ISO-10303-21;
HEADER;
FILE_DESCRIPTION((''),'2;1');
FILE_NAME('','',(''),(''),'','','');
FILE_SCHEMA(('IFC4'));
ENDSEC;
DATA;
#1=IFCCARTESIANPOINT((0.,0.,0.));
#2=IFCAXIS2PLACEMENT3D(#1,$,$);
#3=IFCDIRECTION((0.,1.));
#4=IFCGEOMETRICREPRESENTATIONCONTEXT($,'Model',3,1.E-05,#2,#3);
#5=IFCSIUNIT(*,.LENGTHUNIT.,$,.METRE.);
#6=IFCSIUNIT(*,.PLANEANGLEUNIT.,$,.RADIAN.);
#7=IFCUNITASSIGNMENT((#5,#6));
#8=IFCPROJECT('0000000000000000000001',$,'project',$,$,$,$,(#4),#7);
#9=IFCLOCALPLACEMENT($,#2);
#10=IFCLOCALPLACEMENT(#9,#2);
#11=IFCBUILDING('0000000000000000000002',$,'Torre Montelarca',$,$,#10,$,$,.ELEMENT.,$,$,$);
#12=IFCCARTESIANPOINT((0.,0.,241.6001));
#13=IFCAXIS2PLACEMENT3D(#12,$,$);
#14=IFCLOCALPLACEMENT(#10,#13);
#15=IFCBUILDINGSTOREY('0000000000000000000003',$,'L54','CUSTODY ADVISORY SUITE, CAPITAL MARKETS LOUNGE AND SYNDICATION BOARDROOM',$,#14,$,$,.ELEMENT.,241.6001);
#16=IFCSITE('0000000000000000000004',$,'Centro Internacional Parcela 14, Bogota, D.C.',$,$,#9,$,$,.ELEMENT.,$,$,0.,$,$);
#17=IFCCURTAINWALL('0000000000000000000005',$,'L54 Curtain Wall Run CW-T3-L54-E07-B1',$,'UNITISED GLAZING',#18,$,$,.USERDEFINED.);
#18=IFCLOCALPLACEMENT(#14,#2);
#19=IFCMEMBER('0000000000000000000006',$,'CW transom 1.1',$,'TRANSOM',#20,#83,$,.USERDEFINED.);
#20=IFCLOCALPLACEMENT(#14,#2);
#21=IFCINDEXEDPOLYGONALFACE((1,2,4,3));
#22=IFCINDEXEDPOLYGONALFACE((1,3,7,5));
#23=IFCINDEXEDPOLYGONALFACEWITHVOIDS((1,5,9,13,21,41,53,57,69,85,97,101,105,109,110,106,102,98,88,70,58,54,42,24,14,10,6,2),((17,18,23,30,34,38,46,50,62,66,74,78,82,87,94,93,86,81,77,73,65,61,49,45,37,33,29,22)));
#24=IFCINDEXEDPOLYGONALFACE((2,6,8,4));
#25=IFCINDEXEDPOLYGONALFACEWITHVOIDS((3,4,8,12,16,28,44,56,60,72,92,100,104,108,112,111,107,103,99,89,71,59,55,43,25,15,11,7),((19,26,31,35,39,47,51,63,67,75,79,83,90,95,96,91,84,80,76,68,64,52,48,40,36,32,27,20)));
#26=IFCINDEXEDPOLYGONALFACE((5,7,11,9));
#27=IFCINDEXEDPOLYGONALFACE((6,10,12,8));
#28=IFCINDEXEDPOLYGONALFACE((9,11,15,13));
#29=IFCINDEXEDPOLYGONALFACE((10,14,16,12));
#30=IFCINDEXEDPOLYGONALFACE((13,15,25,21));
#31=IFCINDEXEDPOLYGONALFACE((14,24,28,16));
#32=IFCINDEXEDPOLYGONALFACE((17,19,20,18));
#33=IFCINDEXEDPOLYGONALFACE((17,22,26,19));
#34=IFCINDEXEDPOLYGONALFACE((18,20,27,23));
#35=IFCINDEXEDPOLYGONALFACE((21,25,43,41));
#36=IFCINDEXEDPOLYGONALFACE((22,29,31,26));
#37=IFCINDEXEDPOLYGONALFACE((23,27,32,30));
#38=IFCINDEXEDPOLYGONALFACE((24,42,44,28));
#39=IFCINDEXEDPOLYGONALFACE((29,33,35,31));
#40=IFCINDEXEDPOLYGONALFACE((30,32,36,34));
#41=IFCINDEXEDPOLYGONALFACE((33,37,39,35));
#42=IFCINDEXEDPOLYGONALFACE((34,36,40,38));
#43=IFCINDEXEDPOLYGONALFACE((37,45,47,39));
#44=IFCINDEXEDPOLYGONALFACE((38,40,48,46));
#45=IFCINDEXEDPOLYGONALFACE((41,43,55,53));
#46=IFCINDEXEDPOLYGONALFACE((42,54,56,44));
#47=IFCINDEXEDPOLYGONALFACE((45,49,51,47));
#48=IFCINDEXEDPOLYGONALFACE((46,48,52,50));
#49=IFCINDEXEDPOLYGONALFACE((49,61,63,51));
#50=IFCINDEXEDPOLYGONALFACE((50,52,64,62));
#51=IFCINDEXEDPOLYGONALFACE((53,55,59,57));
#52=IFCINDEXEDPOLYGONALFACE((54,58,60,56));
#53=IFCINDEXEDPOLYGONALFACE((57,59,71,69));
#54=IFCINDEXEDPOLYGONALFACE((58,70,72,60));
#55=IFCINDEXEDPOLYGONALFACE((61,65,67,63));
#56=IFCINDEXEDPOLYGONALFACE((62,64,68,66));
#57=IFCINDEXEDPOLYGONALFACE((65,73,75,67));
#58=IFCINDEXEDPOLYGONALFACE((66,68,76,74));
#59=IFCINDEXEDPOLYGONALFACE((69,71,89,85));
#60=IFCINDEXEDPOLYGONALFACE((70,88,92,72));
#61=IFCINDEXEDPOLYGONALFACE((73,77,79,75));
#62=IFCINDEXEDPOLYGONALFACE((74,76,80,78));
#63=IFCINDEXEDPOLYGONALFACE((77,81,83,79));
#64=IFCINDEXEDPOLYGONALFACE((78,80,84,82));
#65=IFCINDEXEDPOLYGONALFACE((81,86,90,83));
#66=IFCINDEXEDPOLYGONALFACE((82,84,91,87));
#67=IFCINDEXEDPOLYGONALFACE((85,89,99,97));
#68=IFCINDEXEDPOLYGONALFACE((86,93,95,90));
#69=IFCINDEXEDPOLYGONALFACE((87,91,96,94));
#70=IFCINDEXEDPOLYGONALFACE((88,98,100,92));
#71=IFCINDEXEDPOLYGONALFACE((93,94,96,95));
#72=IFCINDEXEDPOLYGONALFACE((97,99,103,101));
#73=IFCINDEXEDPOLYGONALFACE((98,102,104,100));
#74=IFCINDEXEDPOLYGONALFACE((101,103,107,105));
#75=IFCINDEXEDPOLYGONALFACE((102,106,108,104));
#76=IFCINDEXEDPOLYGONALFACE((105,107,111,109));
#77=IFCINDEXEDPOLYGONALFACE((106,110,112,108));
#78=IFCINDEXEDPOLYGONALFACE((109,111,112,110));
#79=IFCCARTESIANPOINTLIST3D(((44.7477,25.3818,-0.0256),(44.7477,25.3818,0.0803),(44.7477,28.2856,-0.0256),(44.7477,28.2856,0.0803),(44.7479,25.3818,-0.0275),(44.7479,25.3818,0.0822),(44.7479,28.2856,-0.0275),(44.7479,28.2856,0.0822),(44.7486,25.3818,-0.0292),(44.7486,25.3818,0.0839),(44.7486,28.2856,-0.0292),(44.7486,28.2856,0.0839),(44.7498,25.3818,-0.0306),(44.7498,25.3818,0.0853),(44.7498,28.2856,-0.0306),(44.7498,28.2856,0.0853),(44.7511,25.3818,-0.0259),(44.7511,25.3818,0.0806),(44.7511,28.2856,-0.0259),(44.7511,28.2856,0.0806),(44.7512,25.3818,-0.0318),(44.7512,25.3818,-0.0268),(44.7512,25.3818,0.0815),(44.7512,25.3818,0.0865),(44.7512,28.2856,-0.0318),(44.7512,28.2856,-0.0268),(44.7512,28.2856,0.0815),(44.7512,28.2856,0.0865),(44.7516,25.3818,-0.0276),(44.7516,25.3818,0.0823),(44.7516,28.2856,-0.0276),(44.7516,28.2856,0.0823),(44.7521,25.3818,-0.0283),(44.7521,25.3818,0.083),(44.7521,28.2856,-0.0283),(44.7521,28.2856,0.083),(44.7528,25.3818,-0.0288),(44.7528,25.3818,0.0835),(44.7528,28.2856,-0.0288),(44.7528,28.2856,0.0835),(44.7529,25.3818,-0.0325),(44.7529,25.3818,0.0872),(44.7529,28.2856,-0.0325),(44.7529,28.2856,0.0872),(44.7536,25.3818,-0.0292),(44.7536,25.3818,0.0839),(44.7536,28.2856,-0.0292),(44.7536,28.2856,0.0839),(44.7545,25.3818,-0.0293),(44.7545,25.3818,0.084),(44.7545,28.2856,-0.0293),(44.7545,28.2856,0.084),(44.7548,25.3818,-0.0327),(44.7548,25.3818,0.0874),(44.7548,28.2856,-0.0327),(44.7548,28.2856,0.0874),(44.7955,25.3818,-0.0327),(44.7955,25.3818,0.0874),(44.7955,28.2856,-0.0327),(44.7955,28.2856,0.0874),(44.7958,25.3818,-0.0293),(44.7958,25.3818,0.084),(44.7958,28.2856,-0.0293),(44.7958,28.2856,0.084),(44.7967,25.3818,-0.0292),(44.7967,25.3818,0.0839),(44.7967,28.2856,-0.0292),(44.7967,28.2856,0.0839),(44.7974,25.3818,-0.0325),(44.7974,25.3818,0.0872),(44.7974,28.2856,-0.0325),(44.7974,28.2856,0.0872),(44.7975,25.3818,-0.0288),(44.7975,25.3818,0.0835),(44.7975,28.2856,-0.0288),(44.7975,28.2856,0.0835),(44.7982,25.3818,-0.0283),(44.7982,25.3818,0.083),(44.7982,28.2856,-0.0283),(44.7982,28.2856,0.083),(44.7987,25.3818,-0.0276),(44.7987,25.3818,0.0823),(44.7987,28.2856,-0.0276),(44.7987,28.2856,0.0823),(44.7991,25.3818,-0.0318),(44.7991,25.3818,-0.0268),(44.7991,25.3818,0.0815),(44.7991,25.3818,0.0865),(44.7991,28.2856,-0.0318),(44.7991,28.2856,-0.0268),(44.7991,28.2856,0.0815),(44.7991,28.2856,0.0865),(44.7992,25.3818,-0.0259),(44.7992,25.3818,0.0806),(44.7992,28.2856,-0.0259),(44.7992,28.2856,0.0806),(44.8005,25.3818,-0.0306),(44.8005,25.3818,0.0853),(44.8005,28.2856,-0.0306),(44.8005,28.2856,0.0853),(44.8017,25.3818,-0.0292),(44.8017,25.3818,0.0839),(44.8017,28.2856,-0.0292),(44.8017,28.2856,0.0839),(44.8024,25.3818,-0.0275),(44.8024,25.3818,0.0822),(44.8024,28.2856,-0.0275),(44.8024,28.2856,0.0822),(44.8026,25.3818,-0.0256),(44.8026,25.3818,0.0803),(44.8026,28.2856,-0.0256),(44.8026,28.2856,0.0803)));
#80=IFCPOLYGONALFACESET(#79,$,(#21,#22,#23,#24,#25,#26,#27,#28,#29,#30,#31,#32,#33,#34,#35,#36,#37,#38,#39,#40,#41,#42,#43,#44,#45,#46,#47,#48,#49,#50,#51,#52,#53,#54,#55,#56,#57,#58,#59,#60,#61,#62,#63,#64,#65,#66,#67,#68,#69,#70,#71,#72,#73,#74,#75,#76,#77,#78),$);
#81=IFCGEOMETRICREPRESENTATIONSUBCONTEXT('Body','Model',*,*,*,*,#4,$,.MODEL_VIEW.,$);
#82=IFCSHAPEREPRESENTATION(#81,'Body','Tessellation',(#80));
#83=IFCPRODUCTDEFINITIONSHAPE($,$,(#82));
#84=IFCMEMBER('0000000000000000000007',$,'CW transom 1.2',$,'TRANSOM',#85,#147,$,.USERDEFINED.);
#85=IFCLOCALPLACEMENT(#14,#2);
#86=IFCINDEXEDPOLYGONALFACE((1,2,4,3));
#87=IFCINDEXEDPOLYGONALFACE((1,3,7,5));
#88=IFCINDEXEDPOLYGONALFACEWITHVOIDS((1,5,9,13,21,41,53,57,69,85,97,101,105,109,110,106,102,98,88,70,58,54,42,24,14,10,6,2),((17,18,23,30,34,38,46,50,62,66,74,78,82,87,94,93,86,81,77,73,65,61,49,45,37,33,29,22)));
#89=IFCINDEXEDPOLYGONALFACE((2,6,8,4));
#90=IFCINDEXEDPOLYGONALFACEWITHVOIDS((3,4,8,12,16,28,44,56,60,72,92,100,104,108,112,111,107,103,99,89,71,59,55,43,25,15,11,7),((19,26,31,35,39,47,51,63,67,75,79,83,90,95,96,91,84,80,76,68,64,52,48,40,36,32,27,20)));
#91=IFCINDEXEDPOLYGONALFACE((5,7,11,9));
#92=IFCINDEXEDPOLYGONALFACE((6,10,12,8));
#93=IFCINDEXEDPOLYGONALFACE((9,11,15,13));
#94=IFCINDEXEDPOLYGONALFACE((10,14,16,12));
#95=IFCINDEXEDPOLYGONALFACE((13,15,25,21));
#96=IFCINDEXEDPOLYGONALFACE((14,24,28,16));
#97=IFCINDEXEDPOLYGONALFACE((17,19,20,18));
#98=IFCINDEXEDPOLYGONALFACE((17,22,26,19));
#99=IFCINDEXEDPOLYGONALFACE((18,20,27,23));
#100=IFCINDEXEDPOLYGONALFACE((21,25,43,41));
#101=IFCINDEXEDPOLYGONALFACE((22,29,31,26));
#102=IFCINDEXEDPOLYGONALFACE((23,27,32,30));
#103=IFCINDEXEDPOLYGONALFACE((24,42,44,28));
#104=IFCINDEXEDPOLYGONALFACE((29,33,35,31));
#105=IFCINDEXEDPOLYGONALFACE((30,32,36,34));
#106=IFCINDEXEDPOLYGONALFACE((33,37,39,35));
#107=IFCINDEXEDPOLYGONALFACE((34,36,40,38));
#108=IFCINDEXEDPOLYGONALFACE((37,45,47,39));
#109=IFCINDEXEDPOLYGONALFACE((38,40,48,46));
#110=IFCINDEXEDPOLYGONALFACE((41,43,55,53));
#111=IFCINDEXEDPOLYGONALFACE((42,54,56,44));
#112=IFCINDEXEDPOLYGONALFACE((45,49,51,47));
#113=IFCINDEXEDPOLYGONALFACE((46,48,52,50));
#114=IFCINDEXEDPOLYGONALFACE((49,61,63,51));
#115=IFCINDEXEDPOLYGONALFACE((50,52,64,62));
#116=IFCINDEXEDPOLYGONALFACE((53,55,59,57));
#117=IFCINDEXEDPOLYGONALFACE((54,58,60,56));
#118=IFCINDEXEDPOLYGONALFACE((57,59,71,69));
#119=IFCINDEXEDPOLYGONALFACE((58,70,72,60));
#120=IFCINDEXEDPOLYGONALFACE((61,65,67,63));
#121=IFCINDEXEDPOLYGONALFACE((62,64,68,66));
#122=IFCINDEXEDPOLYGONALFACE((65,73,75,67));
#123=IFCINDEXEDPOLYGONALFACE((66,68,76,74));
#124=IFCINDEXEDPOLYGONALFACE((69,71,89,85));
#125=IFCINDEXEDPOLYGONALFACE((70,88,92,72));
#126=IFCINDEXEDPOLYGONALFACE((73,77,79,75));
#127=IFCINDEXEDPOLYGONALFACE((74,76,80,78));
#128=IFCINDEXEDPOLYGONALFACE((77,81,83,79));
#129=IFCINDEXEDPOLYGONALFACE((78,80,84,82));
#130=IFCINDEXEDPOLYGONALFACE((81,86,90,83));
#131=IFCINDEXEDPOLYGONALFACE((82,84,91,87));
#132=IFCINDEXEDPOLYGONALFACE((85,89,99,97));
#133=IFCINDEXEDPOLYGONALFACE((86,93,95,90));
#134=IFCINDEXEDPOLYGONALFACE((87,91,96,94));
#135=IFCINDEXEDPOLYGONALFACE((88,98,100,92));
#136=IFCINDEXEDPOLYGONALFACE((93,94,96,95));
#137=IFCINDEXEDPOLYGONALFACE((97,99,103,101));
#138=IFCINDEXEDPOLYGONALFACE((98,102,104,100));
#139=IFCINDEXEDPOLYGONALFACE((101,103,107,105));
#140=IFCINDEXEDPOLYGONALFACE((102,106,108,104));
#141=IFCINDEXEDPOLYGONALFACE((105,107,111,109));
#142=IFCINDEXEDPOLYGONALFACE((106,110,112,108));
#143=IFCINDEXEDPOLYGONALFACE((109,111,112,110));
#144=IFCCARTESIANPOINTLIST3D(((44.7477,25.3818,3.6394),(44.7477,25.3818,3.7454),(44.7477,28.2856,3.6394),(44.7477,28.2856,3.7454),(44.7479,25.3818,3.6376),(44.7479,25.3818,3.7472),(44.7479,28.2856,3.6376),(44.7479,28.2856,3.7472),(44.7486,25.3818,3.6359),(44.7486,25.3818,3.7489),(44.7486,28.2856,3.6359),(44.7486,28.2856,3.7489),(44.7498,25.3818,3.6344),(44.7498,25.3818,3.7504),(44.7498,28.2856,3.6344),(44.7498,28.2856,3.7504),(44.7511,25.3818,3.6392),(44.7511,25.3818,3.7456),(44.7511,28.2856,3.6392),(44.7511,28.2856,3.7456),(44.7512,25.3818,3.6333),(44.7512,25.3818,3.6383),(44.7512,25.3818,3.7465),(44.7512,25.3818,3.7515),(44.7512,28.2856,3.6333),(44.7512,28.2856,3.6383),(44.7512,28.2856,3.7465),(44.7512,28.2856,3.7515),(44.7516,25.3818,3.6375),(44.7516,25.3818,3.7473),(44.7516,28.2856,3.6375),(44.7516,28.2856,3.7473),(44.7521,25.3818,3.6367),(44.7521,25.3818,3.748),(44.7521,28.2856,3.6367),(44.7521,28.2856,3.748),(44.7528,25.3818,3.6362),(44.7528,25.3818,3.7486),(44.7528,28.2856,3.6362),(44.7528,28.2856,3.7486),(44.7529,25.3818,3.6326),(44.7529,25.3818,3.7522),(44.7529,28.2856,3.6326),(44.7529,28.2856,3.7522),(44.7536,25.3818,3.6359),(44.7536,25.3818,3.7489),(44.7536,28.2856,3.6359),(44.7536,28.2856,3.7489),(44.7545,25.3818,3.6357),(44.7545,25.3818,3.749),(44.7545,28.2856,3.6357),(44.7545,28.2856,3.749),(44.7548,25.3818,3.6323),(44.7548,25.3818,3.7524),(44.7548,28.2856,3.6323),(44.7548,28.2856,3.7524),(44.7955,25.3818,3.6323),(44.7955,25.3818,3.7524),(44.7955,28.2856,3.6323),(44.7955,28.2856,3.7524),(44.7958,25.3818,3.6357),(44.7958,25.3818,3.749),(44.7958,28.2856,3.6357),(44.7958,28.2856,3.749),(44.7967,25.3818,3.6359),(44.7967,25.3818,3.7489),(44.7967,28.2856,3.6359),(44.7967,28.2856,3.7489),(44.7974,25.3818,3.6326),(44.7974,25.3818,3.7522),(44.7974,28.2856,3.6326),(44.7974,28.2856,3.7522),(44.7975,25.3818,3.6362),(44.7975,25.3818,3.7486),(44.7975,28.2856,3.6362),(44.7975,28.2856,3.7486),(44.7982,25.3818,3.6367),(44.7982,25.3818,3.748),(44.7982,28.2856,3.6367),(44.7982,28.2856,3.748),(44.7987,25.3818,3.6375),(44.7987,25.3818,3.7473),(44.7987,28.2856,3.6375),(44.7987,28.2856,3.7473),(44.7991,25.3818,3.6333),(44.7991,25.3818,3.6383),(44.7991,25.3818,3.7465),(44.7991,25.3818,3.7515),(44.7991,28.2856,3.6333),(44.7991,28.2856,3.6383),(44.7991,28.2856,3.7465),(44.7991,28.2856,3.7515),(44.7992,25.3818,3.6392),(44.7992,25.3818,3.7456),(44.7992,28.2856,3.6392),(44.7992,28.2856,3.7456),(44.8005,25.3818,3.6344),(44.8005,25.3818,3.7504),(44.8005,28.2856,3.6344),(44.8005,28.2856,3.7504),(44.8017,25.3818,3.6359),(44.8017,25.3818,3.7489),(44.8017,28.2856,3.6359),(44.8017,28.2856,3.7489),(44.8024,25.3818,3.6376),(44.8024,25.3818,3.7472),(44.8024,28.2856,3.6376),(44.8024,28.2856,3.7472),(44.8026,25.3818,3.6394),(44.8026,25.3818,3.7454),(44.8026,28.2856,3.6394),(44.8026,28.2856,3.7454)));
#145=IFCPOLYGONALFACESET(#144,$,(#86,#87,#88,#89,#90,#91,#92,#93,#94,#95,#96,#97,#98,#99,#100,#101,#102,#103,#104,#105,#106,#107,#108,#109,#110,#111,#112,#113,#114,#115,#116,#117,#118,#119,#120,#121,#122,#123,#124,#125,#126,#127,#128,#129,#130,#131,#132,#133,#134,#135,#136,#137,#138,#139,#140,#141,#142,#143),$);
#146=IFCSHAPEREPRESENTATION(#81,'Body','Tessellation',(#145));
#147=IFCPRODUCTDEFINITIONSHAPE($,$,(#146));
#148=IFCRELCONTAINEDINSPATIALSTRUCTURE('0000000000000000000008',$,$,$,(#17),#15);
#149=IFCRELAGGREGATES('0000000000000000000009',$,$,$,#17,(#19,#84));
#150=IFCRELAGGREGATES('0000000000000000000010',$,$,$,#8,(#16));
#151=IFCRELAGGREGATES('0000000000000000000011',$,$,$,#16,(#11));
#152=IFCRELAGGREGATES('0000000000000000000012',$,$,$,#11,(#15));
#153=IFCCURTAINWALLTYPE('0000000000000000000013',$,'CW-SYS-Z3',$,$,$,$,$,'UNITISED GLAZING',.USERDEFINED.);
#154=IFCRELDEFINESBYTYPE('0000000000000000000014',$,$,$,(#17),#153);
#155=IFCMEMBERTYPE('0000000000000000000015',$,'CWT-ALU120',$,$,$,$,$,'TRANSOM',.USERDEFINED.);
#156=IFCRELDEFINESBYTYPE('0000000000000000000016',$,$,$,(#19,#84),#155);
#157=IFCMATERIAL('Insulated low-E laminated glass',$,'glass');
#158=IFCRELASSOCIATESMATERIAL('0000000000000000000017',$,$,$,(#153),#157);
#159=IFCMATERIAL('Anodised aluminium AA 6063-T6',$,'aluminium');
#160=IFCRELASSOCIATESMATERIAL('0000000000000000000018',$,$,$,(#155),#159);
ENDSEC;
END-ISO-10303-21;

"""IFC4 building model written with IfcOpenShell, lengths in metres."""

from ifc_helpers import new_model, si_unit, direction, frame, origin, origin_2d, place, context, subcontext, project, spatial, hollow_rectangle, extrude, source, transform, mapped, material, material_profile, profile_set, type_object, element, aggregate, save


model = new_model("IFC4")

# Units and contexts
model_context = context("Model", 3, precision=1e-05, world=origin(), true_north=direction((0.0, 1.0)))
body_context = subcontext(model_context, "Body", "Model", "MODEL_VIEW")
ifc_project = project(units=[si_unit("LENGTHUNIT", "METRE"), si_unit("PLANEANGLEUNIT", "RADIAN")], contexts=[model_context])

# Site, building, storey
site_placement = place(None, origin())
site = spatial("IfcSite", under=ifc_project, at=site_placement, Name="Centro Internacional Parcela 14, Bogota, D.C.", CompositionType="ELEMENT", RefElevation=0.0)
building_placement = place(site_placement, origin())
building = spatial("IfcBuilding", under=site, at=building_placement, Name="Torre Montelarca", CompositionType="ELEMENT")
storey_placement = place(building_placement, frame((0.0, 0.0, 241.6001)))
storey = spatial("IfcBuildingStorey", under=building, at=storey_placement, Name="L54", Description="CUSTODY ADVISORY SUITE, CAPITAL MARKETS LOUNGE AND SYNDICATION BOARDROOM", CompositionType="ELEMENT", Elevation=241.6001)

# Curtain wall
ifc_material_1 = material(Name="Insulated low-E laminated glass", Category="glass")
curtain_wall_type = type_object("IfcCurtainWallType", Name="CW-SYS-Z3", ElementType="UNITISED GLAZING", PredefinedType="USERDEFINED", material=ifc_material_1)
curtain_wall_1_placement = place(storey_placement, origin())
curtain_wall_1 = element("IfcCurtainWall", 1, at=curtain_wall_1_placement, inside=storey, type_object=curtain_wall_type, Name="L54 Curtain Wall Run CW-T3-L54-E07-B1", ObjectType="UNITISED GLAZING", PredefinedType="USERDEFINED")
ifc_material_2 = material(Name="Anodised aluminium AA 6063-T6", Category="aluminium")
ifc_material_profile_1 = material_profile(ifc_material_2, hollow_rectangle(XDim=0.0549, YDim=0.1201, WallThickness=0.0034, InnerFilletRadius=0.0034, OuterFilletRadius=0.0071, at=origin_2d()), Name="ALU55X120X3.5", Category="aluminium")
ifc_profile_set_1 = profile_set([ifc_material_profile_1], Name="Anodised aluminium AA 6063-T6")
member_type_1 = type_object("IfcMemberType", Name="CWT-ALU120", ElementType="TRANSOM", PredefinedType="USERDEFINED", material=ifc_profile_set_1)

# Members
shared_shape_1 = source(origin(), body_context, "Body", "SweptSolid", [
    extrude(hollow_rectangle(XDim=0.0549, YDim=0.1201, WallThickness=0.0034, InnerFilletRadius=0.0034, OuterFilletRadius=0.0071, at=origin_2d()), origin(), (0.0, 0.0, 1.0), 2.9038),
])
member_1_placement = place(storey_placement, frame((44.7751, 25.3818, 0.0273), z_axis=(0.0, 1.0, 0.0), x_axis=(-1.0, 0.0, 0.0)))
member_1 = element("IfcMember", 2, at=member_1_placement, type_object=member_type_1, Name="CW transom 1.1", ObjectType="TRANSOM", PredefinedType="USERDEFINED", context=body_context, shape_type="MappedRepresentation", body=[
    mapped(shared_shape_1, transform((0.0, 0.0, 0.0), scale=1.0)),
])
member_2_placement = place(storey_placement, frame((44.7751, 25.3818, 3.6924), z_axis=(0.0, 1.0, 0.0), x_axis=(-1.0, 0.0, 0.0)))
member_2 = element("IfcMember", 3, at=member_2_placement, type_object=member_type_1, Name="CW transom 1.2", ObjectType="TRANSOM", PredefinedType="USERDEFINED", context=body_context, shape_type="MappedRepresentation", body=[
    mapped(shared_shape_1, transform((0.0, 0.0, 0.0), scale=1.0)),
])

aggregate(curtain_wall_1, [member_1, member_2])

save(model, "model.ifc")
